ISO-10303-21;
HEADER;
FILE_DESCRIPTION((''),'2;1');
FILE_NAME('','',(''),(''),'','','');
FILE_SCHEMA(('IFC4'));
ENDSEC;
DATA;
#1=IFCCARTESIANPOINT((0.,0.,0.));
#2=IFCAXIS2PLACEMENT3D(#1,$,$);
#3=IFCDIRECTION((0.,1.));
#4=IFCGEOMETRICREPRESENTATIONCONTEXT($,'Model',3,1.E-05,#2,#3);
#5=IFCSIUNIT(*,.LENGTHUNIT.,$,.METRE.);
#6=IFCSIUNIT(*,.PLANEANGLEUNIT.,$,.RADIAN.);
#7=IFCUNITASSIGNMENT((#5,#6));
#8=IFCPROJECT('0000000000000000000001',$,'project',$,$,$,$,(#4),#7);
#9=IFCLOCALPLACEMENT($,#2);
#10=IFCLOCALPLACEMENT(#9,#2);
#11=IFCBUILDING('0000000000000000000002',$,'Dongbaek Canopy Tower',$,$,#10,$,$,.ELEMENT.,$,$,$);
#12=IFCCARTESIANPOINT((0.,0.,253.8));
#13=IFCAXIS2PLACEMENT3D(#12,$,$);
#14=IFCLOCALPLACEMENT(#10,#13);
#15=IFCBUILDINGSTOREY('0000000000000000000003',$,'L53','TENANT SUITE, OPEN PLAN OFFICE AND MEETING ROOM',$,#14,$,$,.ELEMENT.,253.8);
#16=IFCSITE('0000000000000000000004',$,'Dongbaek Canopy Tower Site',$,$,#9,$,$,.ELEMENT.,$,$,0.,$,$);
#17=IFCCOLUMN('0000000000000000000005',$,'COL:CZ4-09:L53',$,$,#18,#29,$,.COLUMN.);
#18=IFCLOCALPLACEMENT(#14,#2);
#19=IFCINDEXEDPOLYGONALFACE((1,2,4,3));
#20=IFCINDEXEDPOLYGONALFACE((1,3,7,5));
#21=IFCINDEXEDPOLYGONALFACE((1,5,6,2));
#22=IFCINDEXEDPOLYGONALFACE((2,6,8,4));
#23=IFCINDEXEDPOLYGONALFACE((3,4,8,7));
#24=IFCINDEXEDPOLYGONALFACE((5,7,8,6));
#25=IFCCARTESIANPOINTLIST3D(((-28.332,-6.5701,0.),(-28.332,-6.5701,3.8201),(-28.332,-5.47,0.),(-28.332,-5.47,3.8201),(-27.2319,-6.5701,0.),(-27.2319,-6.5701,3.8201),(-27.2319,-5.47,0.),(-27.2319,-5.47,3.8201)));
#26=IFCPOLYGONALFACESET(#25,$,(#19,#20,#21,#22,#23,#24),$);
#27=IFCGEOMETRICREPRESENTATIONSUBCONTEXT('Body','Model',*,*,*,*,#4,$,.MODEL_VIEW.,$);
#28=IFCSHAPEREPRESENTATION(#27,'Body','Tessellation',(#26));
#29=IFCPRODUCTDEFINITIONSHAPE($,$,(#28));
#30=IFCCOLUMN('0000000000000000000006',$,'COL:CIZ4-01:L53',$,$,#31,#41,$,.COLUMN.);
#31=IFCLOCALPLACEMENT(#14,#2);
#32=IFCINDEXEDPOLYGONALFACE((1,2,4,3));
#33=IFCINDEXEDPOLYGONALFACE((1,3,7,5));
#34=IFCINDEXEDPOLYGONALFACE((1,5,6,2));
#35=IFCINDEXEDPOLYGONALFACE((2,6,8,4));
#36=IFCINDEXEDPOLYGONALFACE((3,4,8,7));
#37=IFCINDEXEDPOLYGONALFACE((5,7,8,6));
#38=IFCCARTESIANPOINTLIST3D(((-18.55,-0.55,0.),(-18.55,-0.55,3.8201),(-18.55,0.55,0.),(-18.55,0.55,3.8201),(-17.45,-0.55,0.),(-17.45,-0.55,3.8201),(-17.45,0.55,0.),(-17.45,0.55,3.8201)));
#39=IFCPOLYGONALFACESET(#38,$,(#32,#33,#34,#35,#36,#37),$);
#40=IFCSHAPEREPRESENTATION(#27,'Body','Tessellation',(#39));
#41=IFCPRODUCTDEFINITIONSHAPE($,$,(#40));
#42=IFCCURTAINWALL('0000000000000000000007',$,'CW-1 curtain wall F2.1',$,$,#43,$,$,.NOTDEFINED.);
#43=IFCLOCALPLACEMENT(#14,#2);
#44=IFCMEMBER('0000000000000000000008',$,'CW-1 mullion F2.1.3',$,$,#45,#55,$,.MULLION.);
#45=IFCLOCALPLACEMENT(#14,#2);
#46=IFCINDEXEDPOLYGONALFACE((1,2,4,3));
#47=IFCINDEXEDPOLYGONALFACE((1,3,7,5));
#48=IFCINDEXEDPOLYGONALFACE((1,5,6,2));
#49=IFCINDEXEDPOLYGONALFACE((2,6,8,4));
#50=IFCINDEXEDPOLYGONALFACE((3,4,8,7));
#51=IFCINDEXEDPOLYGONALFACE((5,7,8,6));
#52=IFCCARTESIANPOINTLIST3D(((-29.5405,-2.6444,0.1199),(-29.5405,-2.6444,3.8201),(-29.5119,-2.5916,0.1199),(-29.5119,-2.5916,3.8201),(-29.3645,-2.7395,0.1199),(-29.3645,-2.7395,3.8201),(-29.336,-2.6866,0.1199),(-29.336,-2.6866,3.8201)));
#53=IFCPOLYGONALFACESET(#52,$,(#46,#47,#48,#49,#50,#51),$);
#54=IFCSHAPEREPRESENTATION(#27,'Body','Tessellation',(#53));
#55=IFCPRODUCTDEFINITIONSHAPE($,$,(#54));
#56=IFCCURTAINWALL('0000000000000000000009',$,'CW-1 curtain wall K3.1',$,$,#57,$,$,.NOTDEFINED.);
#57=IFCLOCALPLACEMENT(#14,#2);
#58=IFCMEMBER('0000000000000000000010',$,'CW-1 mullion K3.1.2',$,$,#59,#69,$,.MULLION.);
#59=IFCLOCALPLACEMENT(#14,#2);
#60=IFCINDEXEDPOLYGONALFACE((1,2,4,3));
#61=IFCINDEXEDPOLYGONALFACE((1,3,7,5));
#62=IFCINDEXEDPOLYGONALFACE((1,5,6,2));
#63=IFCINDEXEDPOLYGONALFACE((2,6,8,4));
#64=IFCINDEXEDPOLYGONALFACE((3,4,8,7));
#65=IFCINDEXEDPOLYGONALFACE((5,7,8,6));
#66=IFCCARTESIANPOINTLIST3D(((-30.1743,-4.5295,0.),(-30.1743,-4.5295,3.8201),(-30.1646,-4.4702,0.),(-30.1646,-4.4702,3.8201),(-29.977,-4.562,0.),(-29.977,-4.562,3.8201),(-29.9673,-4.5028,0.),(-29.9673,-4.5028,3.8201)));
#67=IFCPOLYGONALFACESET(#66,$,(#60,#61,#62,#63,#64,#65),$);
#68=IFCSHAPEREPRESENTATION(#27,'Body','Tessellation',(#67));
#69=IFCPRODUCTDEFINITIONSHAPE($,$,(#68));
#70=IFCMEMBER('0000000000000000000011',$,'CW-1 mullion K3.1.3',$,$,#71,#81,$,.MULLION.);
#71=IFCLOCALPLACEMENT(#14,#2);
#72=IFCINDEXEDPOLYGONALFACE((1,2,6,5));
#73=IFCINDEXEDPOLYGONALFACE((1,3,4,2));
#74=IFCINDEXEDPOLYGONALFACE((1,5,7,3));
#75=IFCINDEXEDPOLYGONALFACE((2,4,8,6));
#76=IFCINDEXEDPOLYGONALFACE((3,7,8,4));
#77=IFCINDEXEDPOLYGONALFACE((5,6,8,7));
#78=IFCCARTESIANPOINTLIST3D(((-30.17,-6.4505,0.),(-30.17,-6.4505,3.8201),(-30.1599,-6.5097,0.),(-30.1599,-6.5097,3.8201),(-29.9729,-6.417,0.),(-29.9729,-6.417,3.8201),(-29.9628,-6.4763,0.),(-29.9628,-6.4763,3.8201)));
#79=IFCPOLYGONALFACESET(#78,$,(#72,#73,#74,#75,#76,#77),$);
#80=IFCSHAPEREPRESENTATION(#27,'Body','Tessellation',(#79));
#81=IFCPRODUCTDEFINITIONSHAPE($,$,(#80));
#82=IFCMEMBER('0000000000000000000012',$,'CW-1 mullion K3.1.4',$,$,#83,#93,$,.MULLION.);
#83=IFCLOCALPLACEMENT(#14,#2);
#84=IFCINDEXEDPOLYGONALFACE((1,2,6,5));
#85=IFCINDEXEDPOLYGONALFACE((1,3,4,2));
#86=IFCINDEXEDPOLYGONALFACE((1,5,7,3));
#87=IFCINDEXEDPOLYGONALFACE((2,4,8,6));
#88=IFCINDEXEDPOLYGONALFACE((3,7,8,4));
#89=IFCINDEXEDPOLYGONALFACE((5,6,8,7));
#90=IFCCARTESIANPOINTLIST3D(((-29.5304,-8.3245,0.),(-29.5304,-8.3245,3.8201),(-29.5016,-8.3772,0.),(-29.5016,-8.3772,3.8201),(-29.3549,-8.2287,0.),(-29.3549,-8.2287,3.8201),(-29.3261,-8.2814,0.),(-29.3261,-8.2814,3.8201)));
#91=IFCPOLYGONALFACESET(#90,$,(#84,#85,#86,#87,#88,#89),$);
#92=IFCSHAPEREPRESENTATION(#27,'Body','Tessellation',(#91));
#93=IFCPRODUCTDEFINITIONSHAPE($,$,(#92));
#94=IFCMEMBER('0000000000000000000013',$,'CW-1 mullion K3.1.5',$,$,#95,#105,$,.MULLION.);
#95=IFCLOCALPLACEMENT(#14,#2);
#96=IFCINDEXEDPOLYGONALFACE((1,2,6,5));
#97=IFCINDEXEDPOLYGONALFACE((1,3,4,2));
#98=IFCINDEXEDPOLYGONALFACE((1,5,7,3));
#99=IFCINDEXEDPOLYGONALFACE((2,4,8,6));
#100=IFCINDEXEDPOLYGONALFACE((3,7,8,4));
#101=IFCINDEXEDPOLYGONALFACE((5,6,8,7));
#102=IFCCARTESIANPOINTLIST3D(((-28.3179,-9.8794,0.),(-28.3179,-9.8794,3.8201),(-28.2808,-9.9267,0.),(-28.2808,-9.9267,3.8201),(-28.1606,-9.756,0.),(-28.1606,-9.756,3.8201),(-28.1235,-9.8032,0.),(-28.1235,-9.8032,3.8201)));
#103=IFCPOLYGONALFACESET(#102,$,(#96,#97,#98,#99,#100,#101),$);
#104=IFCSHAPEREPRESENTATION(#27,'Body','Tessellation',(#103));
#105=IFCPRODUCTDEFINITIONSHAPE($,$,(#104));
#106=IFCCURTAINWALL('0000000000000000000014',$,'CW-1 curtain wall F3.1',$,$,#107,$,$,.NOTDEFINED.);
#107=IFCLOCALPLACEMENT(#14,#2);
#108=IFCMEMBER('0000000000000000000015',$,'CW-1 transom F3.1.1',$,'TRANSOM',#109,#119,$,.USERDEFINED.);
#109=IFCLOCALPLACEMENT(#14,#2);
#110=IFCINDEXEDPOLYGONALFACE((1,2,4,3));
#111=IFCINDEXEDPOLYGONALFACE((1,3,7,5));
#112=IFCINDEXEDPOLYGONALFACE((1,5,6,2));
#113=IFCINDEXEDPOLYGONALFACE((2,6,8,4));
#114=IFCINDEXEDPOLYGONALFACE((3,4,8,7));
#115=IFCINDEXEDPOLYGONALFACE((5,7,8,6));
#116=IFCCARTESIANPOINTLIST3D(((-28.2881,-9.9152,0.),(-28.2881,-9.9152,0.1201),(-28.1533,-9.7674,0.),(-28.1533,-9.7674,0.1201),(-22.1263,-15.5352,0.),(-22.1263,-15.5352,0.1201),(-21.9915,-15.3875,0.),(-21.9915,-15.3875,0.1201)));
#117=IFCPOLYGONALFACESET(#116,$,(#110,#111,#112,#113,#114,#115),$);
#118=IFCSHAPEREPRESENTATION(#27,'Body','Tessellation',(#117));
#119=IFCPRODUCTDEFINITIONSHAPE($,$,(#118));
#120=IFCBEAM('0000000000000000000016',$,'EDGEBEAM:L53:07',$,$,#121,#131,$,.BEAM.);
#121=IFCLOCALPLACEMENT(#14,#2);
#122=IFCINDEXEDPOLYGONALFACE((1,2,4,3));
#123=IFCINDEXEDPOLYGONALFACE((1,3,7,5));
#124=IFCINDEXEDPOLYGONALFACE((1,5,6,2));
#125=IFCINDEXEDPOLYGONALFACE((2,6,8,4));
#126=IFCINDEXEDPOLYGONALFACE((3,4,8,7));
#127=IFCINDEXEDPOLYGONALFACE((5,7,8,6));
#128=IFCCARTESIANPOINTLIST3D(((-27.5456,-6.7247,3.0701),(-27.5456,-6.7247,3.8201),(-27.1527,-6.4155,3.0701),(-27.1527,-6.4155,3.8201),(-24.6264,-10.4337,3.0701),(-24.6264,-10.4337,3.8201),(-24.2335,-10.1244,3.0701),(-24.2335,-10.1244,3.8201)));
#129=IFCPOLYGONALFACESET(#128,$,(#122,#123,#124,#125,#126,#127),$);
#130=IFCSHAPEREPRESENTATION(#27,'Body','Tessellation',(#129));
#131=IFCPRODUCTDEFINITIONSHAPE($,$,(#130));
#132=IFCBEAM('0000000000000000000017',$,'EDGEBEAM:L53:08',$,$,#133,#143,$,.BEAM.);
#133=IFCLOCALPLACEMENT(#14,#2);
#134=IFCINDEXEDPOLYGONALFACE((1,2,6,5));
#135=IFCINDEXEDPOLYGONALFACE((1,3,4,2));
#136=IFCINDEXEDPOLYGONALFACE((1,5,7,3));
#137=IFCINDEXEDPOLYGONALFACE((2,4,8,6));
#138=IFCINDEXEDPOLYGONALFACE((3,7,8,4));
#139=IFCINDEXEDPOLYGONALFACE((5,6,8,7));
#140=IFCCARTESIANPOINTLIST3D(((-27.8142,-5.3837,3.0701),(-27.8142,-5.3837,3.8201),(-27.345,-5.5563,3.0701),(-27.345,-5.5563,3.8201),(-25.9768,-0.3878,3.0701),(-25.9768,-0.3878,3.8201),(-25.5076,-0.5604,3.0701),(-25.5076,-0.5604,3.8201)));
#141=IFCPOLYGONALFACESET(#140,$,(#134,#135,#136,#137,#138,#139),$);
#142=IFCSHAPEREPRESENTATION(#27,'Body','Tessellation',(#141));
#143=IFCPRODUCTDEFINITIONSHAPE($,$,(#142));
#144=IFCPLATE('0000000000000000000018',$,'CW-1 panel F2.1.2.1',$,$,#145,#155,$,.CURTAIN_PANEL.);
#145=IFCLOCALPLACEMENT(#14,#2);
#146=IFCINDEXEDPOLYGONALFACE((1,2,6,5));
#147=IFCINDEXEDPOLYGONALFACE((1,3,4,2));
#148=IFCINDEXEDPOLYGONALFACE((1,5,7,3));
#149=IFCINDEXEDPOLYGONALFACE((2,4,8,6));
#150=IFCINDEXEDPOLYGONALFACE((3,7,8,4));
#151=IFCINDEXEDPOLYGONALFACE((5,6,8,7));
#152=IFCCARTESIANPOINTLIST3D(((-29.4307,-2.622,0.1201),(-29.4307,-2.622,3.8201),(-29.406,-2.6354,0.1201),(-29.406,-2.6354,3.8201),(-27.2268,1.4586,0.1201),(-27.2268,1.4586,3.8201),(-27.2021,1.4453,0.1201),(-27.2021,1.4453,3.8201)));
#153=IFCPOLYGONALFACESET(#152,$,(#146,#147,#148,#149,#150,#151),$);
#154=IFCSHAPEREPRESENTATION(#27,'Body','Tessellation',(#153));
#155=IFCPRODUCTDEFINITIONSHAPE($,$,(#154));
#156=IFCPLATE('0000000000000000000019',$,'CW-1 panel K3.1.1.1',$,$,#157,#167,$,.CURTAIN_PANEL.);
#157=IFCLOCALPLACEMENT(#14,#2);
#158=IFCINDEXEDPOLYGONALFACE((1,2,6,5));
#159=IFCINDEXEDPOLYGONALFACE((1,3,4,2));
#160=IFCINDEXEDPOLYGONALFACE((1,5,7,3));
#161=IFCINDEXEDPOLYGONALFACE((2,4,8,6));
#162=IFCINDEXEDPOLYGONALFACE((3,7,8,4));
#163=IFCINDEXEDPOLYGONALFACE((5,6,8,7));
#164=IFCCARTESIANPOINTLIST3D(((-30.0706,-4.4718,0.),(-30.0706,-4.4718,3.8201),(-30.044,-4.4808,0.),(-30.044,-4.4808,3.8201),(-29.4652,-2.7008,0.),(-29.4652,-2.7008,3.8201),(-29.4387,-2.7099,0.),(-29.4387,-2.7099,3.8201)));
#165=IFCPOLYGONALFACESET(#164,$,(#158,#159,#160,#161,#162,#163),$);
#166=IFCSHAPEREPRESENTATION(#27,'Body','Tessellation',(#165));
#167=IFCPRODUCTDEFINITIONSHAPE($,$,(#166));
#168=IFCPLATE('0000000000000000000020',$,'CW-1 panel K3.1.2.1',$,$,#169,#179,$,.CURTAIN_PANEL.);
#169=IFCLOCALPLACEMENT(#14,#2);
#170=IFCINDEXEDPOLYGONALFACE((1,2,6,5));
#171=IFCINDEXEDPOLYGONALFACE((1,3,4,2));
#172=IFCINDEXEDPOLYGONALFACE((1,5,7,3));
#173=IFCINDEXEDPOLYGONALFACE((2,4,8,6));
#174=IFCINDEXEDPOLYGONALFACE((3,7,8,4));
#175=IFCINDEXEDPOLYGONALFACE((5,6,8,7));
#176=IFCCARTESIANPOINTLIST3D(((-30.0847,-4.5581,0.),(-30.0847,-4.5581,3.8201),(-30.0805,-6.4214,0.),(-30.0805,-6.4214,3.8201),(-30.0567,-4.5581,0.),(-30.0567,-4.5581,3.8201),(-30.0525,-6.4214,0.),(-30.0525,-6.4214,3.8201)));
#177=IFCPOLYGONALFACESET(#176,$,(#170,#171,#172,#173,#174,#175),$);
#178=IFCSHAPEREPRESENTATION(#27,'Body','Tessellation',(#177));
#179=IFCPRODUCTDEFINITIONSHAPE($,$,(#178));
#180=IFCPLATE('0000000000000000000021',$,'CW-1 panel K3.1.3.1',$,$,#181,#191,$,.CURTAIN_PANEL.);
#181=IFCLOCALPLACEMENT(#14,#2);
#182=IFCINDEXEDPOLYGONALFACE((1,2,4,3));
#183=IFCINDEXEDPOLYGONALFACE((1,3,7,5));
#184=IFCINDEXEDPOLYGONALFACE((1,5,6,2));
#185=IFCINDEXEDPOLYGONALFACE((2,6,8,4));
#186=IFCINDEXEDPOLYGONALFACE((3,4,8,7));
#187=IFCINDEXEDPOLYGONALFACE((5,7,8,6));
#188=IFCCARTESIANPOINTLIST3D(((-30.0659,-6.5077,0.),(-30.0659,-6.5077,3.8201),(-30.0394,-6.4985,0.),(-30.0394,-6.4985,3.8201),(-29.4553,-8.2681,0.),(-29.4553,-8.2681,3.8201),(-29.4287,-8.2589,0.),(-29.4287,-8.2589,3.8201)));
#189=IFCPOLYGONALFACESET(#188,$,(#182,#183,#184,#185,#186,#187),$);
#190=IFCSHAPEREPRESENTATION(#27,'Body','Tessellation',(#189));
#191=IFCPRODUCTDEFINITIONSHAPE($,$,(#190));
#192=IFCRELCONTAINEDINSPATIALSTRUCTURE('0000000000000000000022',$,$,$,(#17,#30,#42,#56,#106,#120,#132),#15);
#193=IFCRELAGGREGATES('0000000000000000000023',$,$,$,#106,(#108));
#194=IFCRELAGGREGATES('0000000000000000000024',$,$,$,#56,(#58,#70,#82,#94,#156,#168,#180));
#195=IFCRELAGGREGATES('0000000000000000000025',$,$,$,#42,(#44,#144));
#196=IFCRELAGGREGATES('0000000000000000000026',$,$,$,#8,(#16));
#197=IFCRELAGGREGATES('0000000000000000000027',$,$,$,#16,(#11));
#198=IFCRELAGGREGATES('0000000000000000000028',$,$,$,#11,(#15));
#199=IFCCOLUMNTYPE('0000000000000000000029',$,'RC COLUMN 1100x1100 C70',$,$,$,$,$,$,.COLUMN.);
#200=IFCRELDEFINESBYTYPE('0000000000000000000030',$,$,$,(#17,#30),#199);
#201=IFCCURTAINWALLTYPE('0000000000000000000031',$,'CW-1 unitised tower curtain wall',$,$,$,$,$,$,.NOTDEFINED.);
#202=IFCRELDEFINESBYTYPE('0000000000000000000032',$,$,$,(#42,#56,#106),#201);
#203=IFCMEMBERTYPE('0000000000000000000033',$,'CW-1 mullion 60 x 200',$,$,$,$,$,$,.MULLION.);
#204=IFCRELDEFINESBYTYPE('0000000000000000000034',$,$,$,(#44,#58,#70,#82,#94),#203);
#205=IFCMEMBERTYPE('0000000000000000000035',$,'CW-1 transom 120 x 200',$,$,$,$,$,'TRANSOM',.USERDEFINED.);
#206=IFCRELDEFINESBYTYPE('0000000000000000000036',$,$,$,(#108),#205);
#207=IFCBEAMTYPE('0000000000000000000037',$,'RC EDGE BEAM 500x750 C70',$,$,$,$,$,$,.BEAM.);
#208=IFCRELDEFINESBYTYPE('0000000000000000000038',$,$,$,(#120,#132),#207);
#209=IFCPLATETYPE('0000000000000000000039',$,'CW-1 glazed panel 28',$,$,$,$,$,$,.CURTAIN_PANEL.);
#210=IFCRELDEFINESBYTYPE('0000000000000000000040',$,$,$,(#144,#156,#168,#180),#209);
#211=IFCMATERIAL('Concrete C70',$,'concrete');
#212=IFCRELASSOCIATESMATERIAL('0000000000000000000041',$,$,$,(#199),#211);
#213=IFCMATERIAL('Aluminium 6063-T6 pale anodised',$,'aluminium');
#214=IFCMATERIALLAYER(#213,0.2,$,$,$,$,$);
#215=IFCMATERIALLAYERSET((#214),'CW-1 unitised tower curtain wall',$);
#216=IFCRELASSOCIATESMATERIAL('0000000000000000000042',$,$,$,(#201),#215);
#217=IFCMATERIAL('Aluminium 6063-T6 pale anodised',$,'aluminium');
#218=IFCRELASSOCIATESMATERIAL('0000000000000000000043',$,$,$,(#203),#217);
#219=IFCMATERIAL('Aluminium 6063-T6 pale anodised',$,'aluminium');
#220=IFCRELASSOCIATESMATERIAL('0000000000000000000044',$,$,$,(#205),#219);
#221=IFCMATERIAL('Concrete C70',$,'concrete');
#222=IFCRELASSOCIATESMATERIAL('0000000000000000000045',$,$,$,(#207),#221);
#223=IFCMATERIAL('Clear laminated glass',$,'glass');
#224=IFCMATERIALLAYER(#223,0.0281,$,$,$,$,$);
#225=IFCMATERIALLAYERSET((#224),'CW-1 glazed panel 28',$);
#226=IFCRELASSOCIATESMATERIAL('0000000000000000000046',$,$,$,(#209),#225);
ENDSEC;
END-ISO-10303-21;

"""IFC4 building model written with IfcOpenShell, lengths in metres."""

from ifc_helpers import new_model, si_unit, direction, frame, origin, origin_2d, place, context, subcontext, project, spatial, rectangle, extrude, material, layer, layer_set, material_profile, profile_set, type_object, element, aggregate, save


model = new_model("IFC4")

# Units and contexts
model_context = context("Model", 3, precision=1e-05, world=origin(), true_north=direction((0.0, 1.0)))
body_context = subcontext(model_context, "Body", "Model", "MODEL_VIEW")
ifc_project = project(units=[si_unit("LENGTHUNIT", "METRE"), si_unit("PLANEANGLEUNIT", "RADIAN")], contexts=[model_context])

# Site, building, storey
site_placement = place(None, origin())
site = spatial("IfcSite", under=ifc_project, at=site_placement, Name="Dongbaek Canopy Tower Site", CompositionType="ELEMENT", RefElevation=0.0)
building_placement = place(site_placement, origin())
building = spatial("IfcBuilding", under=site, at=building_placement, Name="Dongbaek Canopy Tower", CompositionType="ELEMENT")
storey_placement = place(building_placement, frame((0.0, 0.0, 253.8)))
storey = spatial("IfcBuildingStorey", under=building, at=storey_placement, Name="L53", Description="TENANT SUITE, OPEN PLAN OFFICE AND MEETING ROOM", CompositionType="ELEMENT", Elevation=253.8)

# Columns
ifc_material_1 = material(Name="Concrete C70", Category="concrete")
ifc_material_profile_1 = material_profile(ifc_material_1, rectangle(XDim=1.1001, YDim=1.1001, at=origin_2d()), Name="RC COLUMN 1100x1100 C70")
ifc_profile_set_1 = profile_set([ifc_material_profile_1], Name="Concrete C70")
column_type = type_object("IfcColumnType", Name="RC COLUMN 1100x1100 C70", PredefinedType="COLUMN", material=ifc_profile_set_1)
for number, where, z_axis, x_axis, name in (
    (1, (-27.782, -6.02, 0.0), (0.0, 0.0, 1.0), (1.0, 0.0, 0.0), "COL:CZ4-09:L53"),
    (2, (-18.0, 0.0, 0.0), (0.0, 0.0, 1.0), (1.0, 0.0, 0.0), "COL:CIZ4-01:L53"),
):
    element("IfcColumn", number, at=place(storey_placement, frame(where, z_axis=z_axis, x_axis=x_axis)), inside=storey, type_object=column_type, Name=name, PredefinedType="COLUMN", context=body_context, shape_type="SweptSolid", body=[
        extrude(rectangle(XDim=1.1001, YDim=1.1001, at=origin_2d()), origin(), (0.0, 0.0, 1.0), 3.8201),
    ])

# Curtain wall, member
ifc_material_2 = material(Name="Aluminium 6063-T6 pale anodised", Category="aluminium")
ifc_layer_1 = layer(ifc_material_2, 0.2)
ifc_layer_set_1 = layer_set([ifc_layer_1], Name="CW-1 unitised tower curtain wall")
curtain_wall_type = type_object("IfcCurtainWallType", Name="CW-1 unitised tower curtain wall", PredefinedType="NOTDEFINED", material=ifc_layer_set_1)
curtain_wall_1_placement = place(storey_placement, origin())
curtain_wall_1 = element("IfcCurtainWall", 3, at=curtain_wall_1_placement, inside=storey, type_object=curtain_wall_type, Name="CW-1 curtain wall F2.1", PredefinedType="NOTDEFINED")
ifc_material_3 = material(Name="Aluminium 6063-T6 pale anodised", Category="aluminium")
ifc_material_profile_2 = material_profile(ifc_material_3, rectangle(XDim=0.2, YDim=0.0601, at=origin_2d()), Name="CW-1 mullion 60 x 200")
ifc_profile_set_2 = profile_set([ifc_material_profile_2], Name="Aluminium 6063-T6 pale anodised")
member_type_1 = type_object("IfcMemberType", Name="CW-1 mullion 60 x 200", PredefinedType="MULLION", material=ifc_profile_set_2)
member_1_placement = place(storey_placement, frame((-29.4382, -2.6655, 0.1199), z_axis=(0.0, 0.0, 1.0), x_axis=(-0.879877, 0.475202, 0.0)))
member_1 = element("IfcMember", 4, at=member_1_placement, type_object=member_type_1, Name="CW-1 mullion F2.1.3", PredefinedType="MULLION", context=body_context, shape_type="SweptSolid", body=[
    extrude(rectangle(XDim=0.2, YDim=0.0601, at=origin_2d()), origin(), (0.0, 0.0, 1.0), 3.7002),
])

# Curtain wall, members
curtain_wall_2_placement = place(storey_placement, origin())
curtain_wall_2 = element("IfcCurtainWall", 5, at=curtain_wall_2_placement, inside=storey, type_object=curtain_wall_type, Name="CW-1 curtain wall K3.1", PredefinedType="NOTDEFINED")
member_2_placement = place(storey_placement, frame((-30.0708, -4.5161, 0.0), z_axis=(0.0, 0.0, 1.0), x_axis=(-0.986654, 0.162829, 0.0)))
member_2 = element("IfcMember", 6, at=member_2_placement, type_object=member_type_1, Name="CW-1 mullion K3.1.2", PredefinedType="MULLION", context=body_context, shape_type="SweptSolid", body=[
    extrude(rectangle(XDim=0.2, YDim=0.0601, at=origin_2d()), origin(), (0.0, 0.0, 1.0), 3.8201),
])
member_3_placement = place(storey_placement, frame((-30.0664, -6.4634, 0.0), z_axis=(0.0, 0.0, 1.0), x_axis=(-0.985908, -0.167288, 0.0)))
member_3 = element("IfcMember", 7, at=member_3_placement, type_object=member_type_1, Name="CW-1 mullion K3.1.3", PredefinedType="MULLION", context=body_context, shape_type="SweptSolid", body=[
    extrude(rectangle(XDim=0.2, YDim=0.0601, at=origin_2d()), origin(), (0.0, 0.0, 1.0), 3.8201),
])
member_4_placement = place(storey_placement, frame((-29.4282, -8.303, 0.0), z_axis=(0.0, 0.0, 1.0), x_axis=(-0.87772, -0.479174, 0.0)))
member_4 = element("IfcMember", 8, at=member_4_placement, type_object=member_type_1, Name="CW-1 mullion K3.1.4", PredefinedType="MULLION", context=body_context, shape_type="SweptSolid", body=[
    extrude(rectangle(XDim=0.2, YDim=0.0601, at=origin_2d()), origin(), (0.0, 0.0, 1.0), 3.8201),
])
member_5_placement = place(storey_placement, frame((-28.2207, -9.8413, 0.0), z_axis=(0.0, 0.0, 1.0), x_axis=(-0.786589, -0.617477, 0.0)))
member_5 = element("IfcMember", 9, at=member_5_placement, type_object=member_type_1, Name="CW-1 mullion K3.1.5", PredefinedType="MULLION", context=body_context, shape_type="SweptSolid", body=[
    extrude(rectangle(XDim=0.2, YDim=0.0601, at=origin_2d()), origin(), (0.0, 0.0, 1.0), 3.8201),
])

# Curtain wall, member
curtain_wall_3_placement = place(storey_placement, origin())
curtain_wall_3 = element("IfcCurtainWall", 10, at=curtain_wall_3_placement, inside=storey, type_object=curtain_wall_type, Name="CW-1 curtain wall F3.1", PredefinedType="NOTDEFINED")
ifc_material_4 = material(Name="Aluminium 6063-T6 pale anodised", Category="aluminium")
ifc_material_profile_3 = material_profile(ifc_material_4, rectangle(XDim=0.2, YDim=0.1201, at=origin_2d()), Name="CW-1 transom 120 x 200")
ifc_profile_set_3 = profile_set([ifc_material_profile_3], Name="Aluminium 6063-T6 pale anodised")
member_type_2 = type_object("IfcMemberType", Name="CW-1 transom 120 x 200", ElementType="TRANSOM", PredefinedType="USERDEFINED", material=ifc_profile_set_3)
member_6_placement = place(storey_placement, frame((-28.2207, -9.8413, 0.0601), z_axis=(0.73884, -0.673881, 0.0), x_axis=(0.673881, 0.73884, 0.0)))
member_6 = element("IfcMember", 11, at=member_6_placement, type_object=member_type_2, Name="CW-1 transom F3.1.1", ObjectType="TRANSOM", PredefinedType="USERDEFINED", context=body_context, shape_type="SweptSolid", body=[
    extrude(rectangle(XDim=0.2, YDim=0.1201, at=origin_2d()), origin(), (0.0, 0.0, 1.0), 8.3398),
])
aggregate(curtain_wall_3, [member_6])

# Beams
ifc_material_5 = material(Name="Concrete C70", Category="concrete")
ifc_material_profile_4 = material_profile(ifc_material_5, rectangle(XDim=0.5, YDim=0.75, at=origin_2d()), Name="RC EDGE BEAM 500x750 C70")
ifc_profile_set_4 = profile_set([ifc_material_profile_4], Name="Concrete C70")
beam_type = type_object("IfcBeamType", Name="RC EDGE BEAM 500x750 C70", PredefinedType="BEAM", material=ifc_profile_set_4)
beam_1_placement = place(storey_placement, frame((-24.4299, -10.2791, 3.4451), z_axis=(-0.618475, 0.785805, 0.0), x_axis=(-0.785805, -0.618475, 0.0)))
element("IfcBeam", 12, at=beam_1_placement, inside=storey, type_object=beam_type, Name="EDGEBEAM:L53:07", PredefinedType="BEAM", context=body_context, shape_type="SweptSolid", body=[
    extrude(rectangle(XDim=0.5, YDim=0.75, at=origin_2d()), origin(), (0.0, 0.0, 1.0), 4.72),
])
beam_2_placement = place(storey_placement, frame((-27.5796, -5.47, 3.4451), z_axis=(0.34518, 0.938536, 0.0), x_axis=(-0.938536, 0.34518, 0.0)))
element("IfcBeam", 13, at=beam_2_placement, inside=storey, type_object=beam_type, Name="EDGEBEAM:L53:08", PredefinedType="BEAM", context=body_context, shape_type="SweptSolid", body=[
    extrude(rectangle(XDim=0.5, YDim=0.75, at=origin_2d()), origin(), (0.0, 0.0, 1.0), 5.323),
])

# Plates
ifc_material_6 = material(Name="Clear laminated glass", Category="glass")
ifc_layer_2 = layer(ifc_material_6, 0.0281)
ifc_layer_set_2 = layer_set([ifc_layer_2], Name="CW-1 glazed panel 28")
plate_type = type_object("IfcPlateType", Name="CW-1 glazed panel 28", PredefinedType="CURTAIN_PANEL", material=ifc_layer_set_2)
plate_1_placement = place(storey_placement, frame((-28.3164, -0.5884, 0.1201), z_axis=(0.0, 0.0, 1.0), x_axis=(-0.475202, -0.879877, 0.0)))
plate_1 = element("IfcPlate", 14, at=plate_1_placement, type_object=plate_type, Name="CW-1 panel F2.1.2.1", PredefinedType="CURTAIN_PANEL", context=body_context, shape_type="SweptSolid", body=[
    extrude(rectangle(XDim=4.6377, YDim=0.0281, at=origin_2d()), origin(), (0.0, 0.0, 1.0), 3.7),
])
plate_2_placement = place(storey_placement, frame((-29.7546, -3.5908, 0.0), z_axis=(0.0, 0.0, 1.0), x_axis=(-0.323452, -0.946245, 0.0)))
plate_2 = element("IfcPlate", 15, at=plate_2_placement, type_object=plate_type, Name="CW-1 panel K3.1.1.1", PredefinedType="CURTAIN_PANEL", context=body_context, shape_type="SweptSolid", body=[
    extrude(rectangle(XDim=1.8716, YDim=0.0281, at=origin_2d()), origin(), (0.0, 0.0, 1.0), 3.8201),
])
plate_3_placement = place(storey_placement, frame((-30.0686, -5.4897, 0.0), z_axis=(0.0, 0.0, 1.0), x_axis=(0.00226, -0.999997, 0.0)))
plate_3 = element("IfcPlate", 16, at=plate_3_placement, type_object=plate_type, Name="CW-1 panel K3.1.2.1", PredefinedType="CURTAIN_PANEL", context=body_context, shape_type="SweptSolid", body=[
    extrude(rectangle(XDim=1.8633, YDim=0.0281, at=origin_2d()), origin(), (0.0, 0.0, 1.0), 3.8201),
])
plate_4_placement = place(storey_placement, frame((-29.7473, -7.3833, 0.0), z_axis=(0.0, 0.0, 1.0), x_axis=(0.327726, -0.944773, 0.0)))
plate_4 = element("IfcPlate", 17, at=plate_4_placement, type_object=plate_type, Name="CW-1 panel K3.1.3.1", PredefinedType="CURTAIN_PANEL", context=body_context, shape_type="SweptSolid", body=[
    extrude(rectangle(XDim=1.8633, YDim=0.0281, at=origin_2d()), origin(), (0.0, 0.0, 1.0), 3.8201),
])

aggregate(curtain_wall_2, [member_2, member_3, member_4, member_5, plate_2, plate_3, plate_4])
aggregate(curtain_wall_1, [member_1, plate_1])

save(model, "model.ifc")
